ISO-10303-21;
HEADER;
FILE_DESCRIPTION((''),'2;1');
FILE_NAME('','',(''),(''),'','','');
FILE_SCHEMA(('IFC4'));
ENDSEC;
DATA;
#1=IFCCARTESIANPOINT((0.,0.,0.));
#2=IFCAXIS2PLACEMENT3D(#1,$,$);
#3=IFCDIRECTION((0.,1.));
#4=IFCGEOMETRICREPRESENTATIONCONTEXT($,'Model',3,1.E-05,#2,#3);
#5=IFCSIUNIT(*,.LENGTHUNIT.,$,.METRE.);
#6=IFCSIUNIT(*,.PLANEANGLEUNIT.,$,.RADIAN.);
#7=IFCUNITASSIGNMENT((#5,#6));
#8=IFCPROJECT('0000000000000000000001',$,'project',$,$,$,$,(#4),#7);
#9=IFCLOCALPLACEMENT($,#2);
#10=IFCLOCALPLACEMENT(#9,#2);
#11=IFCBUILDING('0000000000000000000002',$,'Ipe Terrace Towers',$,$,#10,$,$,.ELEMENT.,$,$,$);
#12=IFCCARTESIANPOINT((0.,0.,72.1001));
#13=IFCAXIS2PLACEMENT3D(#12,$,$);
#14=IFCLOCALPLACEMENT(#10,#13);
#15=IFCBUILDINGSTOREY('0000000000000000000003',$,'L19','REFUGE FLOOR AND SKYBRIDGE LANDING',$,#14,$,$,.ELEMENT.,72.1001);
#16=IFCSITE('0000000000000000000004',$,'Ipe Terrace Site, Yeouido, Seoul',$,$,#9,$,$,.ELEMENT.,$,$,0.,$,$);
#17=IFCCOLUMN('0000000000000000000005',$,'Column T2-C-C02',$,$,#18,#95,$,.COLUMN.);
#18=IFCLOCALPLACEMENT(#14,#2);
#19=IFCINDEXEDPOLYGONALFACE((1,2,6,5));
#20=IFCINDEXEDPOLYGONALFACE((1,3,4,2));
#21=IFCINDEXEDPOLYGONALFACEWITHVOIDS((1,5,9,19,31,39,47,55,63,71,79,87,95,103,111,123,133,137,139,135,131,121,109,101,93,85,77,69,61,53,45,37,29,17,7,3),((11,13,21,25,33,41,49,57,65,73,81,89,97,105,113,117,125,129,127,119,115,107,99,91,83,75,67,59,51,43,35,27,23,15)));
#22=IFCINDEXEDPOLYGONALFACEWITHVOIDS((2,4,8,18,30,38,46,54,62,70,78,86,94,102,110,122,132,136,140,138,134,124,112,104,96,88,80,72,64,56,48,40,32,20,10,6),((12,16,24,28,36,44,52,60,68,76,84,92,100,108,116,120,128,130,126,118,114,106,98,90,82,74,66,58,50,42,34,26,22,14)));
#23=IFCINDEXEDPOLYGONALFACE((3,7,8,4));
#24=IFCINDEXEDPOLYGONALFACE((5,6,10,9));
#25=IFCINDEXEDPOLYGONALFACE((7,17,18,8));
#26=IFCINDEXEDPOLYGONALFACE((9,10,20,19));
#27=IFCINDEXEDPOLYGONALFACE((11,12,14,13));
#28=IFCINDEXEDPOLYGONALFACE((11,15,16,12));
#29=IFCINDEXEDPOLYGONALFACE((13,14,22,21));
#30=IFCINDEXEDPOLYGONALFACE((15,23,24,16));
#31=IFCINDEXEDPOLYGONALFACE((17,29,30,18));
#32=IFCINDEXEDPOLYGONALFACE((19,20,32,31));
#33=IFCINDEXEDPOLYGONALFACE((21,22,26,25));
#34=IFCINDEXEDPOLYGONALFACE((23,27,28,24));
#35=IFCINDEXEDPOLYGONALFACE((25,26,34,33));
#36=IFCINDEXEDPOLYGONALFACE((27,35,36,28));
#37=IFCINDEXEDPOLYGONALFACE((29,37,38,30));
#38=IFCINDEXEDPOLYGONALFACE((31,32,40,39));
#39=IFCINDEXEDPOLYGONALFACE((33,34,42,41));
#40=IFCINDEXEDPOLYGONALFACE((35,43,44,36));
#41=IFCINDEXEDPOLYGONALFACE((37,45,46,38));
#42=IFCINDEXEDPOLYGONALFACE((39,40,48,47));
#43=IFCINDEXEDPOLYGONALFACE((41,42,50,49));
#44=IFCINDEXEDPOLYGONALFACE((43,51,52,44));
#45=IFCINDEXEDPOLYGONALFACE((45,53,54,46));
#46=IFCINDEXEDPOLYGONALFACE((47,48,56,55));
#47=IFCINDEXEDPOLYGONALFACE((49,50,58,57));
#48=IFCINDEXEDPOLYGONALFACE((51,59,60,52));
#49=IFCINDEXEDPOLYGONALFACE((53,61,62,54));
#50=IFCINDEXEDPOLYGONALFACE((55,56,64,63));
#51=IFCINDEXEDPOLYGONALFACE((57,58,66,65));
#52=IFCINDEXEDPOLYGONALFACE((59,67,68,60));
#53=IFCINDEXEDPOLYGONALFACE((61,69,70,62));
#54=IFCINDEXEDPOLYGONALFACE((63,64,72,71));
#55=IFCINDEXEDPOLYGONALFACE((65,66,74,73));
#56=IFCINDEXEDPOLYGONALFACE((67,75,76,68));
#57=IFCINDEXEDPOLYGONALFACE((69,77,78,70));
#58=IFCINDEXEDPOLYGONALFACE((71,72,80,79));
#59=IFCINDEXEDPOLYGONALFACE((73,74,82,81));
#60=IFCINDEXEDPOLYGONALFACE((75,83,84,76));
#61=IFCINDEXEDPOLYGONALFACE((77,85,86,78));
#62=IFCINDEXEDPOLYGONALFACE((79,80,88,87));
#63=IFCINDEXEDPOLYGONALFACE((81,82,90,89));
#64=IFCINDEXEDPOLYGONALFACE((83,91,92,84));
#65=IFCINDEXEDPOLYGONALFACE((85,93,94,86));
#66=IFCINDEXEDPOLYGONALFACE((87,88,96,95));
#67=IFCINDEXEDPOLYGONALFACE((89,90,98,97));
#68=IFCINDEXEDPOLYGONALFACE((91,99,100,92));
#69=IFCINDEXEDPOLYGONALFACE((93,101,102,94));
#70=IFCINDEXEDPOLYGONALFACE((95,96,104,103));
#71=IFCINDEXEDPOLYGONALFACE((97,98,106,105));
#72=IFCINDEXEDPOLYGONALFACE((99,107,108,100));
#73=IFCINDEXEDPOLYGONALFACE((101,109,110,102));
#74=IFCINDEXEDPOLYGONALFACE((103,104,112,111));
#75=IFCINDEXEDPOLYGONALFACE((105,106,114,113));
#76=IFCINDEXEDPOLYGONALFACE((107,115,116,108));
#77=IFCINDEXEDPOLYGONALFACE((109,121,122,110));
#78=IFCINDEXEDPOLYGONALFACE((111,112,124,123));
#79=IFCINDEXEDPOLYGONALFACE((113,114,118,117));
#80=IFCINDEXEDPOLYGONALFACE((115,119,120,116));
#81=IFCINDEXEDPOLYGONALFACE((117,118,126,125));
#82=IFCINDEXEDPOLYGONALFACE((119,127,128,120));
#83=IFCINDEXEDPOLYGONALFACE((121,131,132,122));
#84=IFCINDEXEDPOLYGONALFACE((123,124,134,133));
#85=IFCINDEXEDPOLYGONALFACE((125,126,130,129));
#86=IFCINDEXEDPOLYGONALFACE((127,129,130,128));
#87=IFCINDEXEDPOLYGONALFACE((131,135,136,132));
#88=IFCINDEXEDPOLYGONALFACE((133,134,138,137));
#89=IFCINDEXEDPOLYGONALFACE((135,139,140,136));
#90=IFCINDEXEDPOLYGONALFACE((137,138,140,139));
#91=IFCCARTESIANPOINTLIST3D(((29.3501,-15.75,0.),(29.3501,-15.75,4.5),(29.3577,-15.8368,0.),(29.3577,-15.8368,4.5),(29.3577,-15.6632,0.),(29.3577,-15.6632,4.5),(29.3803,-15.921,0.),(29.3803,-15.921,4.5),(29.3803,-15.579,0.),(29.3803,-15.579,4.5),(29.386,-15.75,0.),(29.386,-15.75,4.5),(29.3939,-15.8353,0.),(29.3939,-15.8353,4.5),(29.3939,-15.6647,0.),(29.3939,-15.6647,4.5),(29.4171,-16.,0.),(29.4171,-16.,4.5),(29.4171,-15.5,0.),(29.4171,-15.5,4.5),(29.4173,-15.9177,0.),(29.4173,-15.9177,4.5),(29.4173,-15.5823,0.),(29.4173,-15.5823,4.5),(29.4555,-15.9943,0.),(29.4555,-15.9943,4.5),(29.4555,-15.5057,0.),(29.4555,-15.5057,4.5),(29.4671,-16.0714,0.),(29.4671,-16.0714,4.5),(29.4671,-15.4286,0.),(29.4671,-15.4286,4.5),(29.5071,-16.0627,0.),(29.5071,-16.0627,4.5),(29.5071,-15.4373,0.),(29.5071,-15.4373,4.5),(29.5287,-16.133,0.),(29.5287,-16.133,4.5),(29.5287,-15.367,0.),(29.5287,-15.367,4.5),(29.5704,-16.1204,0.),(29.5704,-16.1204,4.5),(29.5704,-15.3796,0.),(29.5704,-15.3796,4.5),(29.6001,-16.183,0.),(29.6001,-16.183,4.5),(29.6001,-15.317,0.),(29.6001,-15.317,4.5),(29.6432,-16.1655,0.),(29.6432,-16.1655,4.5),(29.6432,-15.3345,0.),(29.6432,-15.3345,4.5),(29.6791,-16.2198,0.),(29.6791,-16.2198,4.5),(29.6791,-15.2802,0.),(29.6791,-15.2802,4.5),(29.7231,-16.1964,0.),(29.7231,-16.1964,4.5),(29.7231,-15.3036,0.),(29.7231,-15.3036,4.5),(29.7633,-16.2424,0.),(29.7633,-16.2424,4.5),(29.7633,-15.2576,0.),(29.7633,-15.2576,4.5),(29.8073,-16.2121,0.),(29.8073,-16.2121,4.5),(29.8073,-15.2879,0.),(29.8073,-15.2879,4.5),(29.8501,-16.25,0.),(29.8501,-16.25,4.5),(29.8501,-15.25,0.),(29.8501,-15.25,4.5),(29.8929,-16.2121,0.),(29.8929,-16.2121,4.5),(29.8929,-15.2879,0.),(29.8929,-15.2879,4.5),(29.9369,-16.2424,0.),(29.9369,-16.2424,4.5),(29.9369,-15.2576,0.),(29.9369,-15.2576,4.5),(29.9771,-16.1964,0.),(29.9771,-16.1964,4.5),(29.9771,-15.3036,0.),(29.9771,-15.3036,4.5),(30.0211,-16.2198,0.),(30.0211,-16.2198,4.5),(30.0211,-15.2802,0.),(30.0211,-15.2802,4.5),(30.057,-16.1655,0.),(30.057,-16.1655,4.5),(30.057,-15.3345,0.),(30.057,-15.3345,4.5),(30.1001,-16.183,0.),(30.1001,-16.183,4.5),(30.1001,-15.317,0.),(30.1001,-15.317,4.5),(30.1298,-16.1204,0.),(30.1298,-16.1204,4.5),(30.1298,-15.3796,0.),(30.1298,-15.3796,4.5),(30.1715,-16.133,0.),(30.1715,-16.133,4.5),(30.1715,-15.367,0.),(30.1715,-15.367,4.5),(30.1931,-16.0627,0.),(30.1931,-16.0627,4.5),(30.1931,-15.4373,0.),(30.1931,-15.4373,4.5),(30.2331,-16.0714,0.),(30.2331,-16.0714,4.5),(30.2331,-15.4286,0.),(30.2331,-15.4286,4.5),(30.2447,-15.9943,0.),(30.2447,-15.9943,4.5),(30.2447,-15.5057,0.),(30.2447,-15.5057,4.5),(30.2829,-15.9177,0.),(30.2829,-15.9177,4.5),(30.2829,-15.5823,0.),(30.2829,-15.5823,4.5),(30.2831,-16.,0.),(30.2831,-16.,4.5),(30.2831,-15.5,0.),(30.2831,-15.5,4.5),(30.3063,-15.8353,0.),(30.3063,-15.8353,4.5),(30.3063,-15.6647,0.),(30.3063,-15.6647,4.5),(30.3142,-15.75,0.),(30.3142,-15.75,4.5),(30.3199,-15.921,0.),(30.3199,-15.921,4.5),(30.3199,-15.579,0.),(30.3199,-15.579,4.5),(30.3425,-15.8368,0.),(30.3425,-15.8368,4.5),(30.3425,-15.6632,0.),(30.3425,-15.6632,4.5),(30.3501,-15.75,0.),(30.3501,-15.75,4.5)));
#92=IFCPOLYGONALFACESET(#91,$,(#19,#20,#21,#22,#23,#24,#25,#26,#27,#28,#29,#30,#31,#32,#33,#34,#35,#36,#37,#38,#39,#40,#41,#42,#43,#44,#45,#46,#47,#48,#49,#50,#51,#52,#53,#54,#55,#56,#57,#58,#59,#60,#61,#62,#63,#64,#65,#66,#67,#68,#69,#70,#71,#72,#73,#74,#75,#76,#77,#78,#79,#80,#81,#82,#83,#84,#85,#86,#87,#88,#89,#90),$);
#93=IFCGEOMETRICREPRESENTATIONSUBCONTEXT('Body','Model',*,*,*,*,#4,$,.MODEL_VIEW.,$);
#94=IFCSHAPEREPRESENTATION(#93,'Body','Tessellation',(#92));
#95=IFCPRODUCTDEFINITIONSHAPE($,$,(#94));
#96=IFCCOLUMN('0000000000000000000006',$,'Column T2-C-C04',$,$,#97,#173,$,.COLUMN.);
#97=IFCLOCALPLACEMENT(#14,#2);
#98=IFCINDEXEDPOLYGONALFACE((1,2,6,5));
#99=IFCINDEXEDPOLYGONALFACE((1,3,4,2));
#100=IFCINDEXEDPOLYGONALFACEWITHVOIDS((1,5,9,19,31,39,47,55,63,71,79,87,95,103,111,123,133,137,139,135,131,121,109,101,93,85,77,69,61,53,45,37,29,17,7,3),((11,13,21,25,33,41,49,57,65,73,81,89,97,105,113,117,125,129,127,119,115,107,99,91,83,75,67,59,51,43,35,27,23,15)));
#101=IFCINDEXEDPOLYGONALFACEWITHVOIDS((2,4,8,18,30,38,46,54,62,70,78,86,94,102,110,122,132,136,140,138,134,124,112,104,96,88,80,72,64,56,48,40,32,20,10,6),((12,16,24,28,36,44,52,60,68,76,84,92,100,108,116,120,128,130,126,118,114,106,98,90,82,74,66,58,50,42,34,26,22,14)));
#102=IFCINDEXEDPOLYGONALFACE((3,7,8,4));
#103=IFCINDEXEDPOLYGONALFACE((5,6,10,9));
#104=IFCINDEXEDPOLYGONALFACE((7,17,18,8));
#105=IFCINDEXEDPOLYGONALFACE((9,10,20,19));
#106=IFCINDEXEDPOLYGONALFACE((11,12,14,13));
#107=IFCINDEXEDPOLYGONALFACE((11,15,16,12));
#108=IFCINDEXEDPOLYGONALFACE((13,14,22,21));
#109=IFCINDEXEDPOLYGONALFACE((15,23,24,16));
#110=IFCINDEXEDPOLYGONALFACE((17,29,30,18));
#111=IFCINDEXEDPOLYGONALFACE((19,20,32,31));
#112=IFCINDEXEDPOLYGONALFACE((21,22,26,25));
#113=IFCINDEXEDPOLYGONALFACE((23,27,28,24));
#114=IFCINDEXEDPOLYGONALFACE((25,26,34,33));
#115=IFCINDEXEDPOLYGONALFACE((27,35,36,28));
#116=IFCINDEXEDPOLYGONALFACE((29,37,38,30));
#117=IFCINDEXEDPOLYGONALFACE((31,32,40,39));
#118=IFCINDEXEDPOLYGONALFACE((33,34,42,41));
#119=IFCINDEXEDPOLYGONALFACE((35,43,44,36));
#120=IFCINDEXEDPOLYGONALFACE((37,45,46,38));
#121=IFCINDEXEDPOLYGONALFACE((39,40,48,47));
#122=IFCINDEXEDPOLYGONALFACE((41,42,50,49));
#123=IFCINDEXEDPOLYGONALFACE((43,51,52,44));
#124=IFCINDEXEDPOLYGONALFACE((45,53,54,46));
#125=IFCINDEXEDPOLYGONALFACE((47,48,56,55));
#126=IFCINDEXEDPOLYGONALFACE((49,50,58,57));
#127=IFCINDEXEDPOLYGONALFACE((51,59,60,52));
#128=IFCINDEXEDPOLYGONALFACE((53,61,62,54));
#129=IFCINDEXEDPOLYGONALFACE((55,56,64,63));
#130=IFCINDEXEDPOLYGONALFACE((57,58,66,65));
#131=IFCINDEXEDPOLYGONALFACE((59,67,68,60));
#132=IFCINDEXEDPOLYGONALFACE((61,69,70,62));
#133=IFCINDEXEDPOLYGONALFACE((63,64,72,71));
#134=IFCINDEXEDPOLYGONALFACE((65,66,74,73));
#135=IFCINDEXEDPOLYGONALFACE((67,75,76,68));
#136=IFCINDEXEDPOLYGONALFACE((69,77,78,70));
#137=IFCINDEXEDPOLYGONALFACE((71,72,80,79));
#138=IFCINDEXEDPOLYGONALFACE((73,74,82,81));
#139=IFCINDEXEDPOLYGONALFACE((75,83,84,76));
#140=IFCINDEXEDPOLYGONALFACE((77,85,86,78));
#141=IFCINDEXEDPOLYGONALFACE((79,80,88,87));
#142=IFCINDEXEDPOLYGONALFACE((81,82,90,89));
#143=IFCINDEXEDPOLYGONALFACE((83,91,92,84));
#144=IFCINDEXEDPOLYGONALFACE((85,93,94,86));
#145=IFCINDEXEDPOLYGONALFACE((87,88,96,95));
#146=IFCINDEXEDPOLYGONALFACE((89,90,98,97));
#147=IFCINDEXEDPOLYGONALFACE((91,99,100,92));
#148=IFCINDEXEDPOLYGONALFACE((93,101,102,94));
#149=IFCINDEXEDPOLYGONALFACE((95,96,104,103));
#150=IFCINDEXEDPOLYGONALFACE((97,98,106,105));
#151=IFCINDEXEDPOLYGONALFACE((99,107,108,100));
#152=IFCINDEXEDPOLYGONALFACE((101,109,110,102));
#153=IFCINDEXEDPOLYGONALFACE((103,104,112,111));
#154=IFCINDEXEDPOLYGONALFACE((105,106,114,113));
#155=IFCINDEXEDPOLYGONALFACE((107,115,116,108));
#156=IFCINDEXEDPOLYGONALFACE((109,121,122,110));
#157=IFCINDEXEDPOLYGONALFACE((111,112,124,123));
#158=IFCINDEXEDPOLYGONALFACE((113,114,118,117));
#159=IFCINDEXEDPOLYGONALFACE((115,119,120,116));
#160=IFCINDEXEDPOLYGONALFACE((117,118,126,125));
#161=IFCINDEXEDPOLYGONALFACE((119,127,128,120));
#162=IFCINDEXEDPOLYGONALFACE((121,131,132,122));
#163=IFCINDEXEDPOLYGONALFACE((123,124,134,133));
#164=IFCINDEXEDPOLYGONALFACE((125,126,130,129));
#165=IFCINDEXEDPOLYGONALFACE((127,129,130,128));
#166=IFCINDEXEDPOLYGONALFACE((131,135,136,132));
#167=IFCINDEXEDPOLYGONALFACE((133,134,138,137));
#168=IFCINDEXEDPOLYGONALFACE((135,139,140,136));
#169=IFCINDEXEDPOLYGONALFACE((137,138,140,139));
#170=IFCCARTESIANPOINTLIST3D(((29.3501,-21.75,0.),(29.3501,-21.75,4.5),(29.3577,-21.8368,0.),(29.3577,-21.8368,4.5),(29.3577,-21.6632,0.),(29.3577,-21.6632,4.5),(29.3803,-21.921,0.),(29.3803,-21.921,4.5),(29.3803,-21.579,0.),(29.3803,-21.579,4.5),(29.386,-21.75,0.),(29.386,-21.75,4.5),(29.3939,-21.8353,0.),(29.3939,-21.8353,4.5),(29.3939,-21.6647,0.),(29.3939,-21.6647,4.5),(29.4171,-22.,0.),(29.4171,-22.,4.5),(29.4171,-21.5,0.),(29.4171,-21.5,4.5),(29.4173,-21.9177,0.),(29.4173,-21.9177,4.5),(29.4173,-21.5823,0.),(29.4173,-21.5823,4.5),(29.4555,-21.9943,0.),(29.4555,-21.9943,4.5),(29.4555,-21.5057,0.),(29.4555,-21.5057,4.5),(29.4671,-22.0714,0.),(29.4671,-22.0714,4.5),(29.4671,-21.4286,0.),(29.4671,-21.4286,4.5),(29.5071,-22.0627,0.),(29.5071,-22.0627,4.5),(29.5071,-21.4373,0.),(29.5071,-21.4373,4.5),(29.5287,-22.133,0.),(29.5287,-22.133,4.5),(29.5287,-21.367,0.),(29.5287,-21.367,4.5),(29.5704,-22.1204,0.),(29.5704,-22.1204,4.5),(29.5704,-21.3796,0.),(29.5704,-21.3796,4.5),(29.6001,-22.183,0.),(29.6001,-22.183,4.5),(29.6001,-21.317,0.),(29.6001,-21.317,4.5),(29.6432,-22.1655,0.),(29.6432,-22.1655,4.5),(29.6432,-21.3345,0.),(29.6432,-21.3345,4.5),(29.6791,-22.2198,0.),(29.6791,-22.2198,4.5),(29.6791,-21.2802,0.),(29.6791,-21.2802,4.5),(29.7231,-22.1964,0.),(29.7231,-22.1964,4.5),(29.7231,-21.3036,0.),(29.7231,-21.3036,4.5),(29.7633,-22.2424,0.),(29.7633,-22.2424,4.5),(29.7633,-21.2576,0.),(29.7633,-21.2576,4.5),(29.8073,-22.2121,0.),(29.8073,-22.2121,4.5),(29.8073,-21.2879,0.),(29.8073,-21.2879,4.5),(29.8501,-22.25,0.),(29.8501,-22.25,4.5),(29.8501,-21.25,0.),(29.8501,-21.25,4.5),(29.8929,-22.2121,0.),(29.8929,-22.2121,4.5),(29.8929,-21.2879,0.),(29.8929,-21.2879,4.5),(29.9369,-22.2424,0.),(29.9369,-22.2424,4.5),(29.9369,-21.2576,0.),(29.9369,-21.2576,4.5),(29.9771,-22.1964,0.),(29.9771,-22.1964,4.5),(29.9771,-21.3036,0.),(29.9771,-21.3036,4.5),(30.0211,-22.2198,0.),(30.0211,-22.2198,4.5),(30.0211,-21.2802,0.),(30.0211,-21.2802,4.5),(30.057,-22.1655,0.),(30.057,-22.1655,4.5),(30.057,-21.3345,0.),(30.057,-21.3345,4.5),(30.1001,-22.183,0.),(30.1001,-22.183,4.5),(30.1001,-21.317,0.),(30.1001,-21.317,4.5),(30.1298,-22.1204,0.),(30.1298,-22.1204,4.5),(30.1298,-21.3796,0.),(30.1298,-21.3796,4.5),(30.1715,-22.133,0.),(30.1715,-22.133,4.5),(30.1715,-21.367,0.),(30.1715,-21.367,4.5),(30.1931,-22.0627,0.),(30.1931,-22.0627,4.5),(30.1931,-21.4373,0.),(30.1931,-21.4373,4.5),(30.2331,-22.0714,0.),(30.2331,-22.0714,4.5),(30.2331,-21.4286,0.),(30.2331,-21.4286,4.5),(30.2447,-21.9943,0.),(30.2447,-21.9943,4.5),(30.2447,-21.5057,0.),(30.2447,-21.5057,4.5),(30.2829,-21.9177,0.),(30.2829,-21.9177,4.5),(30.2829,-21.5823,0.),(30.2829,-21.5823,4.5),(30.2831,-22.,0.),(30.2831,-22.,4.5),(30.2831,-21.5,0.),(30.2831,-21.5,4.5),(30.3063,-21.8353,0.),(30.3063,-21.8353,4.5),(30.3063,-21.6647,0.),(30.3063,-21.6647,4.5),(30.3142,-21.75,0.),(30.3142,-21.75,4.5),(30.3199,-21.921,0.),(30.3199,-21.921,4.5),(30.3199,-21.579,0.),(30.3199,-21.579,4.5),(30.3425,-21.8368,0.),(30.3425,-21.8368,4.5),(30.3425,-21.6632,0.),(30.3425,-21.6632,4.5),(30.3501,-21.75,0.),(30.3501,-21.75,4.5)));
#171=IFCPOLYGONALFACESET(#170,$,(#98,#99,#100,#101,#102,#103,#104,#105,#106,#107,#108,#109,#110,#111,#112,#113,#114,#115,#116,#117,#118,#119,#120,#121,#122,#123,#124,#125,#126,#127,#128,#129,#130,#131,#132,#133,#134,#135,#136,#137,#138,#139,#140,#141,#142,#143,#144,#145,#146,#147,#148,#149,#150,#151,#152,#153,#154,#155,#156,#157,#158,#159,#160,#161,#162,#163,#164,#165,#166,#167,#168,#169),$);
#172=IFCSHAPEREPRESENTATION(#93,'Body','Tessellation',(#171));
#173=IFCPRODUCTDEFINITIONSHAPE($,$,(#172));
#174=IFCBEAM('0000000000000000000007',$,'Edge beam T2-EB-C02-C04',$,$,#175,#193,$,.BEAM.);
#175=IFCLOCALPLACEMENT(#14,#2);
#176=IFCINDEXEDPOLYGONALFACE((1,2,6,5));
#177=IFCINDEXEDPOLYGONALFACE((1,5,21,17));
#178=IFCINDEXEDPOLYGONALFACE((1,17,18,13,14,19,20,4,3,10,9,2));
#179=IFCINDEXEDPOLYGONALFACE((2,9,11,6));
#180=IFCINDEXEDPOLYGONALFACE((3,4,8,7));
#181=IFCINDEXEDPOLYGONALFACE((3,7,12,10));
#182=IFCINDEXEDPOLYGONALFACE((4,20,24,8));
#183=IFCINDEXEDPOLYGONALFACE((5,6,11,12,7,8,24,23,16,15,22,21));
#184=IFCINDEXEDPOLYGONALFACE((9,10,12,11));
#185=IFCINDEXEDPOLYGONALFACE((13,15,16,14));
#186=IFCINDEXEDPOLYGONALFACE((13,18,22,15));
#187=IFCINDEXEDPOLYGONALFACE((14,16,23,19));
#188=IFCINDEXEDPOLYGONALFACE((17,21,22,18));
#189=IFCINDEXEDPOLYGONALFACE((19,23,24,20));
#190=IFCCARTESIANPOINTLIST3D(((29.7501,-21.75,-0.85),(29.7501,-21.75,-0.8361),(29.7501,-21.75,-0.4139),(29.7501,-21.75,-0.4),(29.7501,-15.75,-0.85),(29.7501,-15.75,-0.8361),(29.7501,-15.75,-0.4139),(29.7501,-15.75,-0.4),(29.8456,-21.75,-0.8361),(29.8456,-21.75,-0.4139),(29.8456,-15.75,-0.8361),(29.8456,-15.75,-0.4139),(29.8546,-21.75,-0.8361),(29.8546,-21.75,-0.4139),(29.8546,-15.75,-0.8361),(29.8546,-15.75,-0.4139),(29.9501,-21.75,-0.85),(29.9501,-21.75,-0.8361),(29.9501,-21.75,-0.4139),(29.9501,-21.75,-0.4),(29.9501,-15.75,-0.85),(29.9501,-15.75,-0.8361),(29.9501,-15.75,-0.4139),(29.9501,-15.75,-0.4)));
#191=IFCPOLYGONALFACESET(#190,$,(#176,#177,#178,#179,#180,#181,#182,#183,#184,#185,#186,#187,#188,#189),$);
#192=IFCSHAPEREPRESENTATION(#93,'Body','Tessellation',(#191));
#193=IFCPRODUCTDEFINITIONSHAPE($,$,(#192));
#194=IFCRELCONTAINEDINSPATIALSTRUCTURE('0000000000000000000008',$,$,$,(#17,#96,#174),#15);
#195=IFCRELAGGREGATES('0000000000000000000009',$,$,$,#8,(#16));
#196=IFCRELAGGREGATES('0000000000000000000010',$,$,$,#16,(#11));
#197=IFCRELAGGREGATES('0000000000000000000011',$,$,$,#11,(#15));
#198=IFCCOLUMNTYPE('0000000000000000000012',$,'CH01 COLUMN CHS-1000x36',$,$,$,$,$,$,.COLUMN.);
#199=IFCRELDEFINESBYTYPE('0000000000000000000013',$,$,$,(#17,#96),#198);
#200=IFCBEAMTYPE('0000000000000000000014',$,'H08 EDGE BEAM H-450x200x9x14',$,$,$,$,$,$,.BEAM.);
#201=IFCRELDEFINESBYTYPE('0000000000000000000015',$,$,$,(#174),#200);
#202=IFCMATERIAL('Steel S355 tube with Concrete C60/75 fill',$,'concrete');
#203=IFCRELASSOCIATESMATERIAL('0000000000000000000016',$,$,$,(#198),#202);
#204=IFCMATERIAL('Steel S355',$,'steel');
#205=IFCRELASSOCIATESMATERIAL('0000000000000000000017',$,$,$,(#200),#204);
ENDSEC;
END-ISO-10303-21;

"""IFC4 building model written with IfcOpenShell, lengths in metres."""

from ifc_helpers import new_model, si_unit, direction, frame, origin, origin_2d, place, context, subcontext, project, spatial, hollow_circle, i_section, extrude, material, material_profile, profile_set, type_object, element, save


model = new_model("IFC4")

# Units and contexts
model_context = context("Model", 3, precision=1e-05, world=origin(), true_north=direction((0.0, 1.0)))
body_context = subcontext(model_context, "Body", "Model", "MODEL_VIEW")
ifc_project = project(units=[si_unit("LENGTHUNIT", "METRE"), si_unit("PLANEANGLEUNIT", "RADIAN")], contexts=[model_context])

# Site, building, storey
site_placement = place(None, origin())
site = spatial("IfcSite", under=ifc_project, at=site_placement, Name="Ipe Terrace Site, Yeouido, Seoul", CompositionType="ELEMENT", RefElevation=0.0)
building_placement = place(site_placement, origin())
building = spatial("IfcBuilding", under=site, at=building_placement, Name="Ipe Terrace Towers", CompositionType="ELEMENT")
storey_placement = place(building_placement, frame((0.0, 0.0, 72.1001)))
storey = spatial("IfcBuildingStorey", under=building, at=storey_placement, Name="L19", Description="REFUGE FLOOR AND SKYBRIDGE LANDING", CompositionType="ELEMENT", Elevation=72.1001)

# Columns
ifc_material_1 = material(Name="Steel S355 tube with Concrete C60/75 fill", Category="concrete")
ifc_material_profile_1 = material_profile(ifc_material_1, hollow_circle(Radius=0.5, WallThickness=0.0359, at=origin_2d()), Name="CHS-1000x36")
ifc_profile_set_1 = profile_set([ifc_material_profile_1], Name="Steel S355 tube with Concrete C60/75 fill")
column_type = type_object("IfcColumnType", Name="CH01 COLUMN CHS-1000x36", PredefinedType="COLUMN", material=ifc_profile_set_1)
for number, where, z_axis, x_axis, name in (
    (1, (29.8501, -15.75, 0.0), (0.0, 0.0, 1.0), (1.0, 0.0, 0.0), "Column T2-C-C02"),
    (2, (29.8501, -21.75, 0.0), (0.0, 0.0, 1.0), (1.0, 0.0, 0.0), "Column T2-C-C04"),
):
    element("IfcColumn", number, at=place(storey_placement, frame(where, z_axis=z_axis, x_axis=x_axis)), inside=storey, type_object=column_type, Name=name, PredefinedType="COLUMN", context=body_context, shape_type="SweptSolid", body=[
        extrude(hollow_circle(Radius=0.5, WallThickness=0.0359, at=origin_2d()), origin(), (0.0, 0.0, 1.0), 4.5),
    ])

# Beam
ifc_material_2 = material(Name="Steel S355", Category="steel")
ifc_material_profile_2 = material_profile(ifc_material_2, i_section(OverallWidth=0.2, OverallDepth=0.45, WebThickness=0.009, FlangeThickness=0.0139, at=origin_2d()), Name="H-450x200x9x14")
ifc_profile_set_2 = profile_set([ifc_material_profile_2], Name="Steel S355")
beam_type = type_object("IfcBeamType", Name="H08 EDGE BEAM H-450x200x9x14", PredefinedType="BEAM", material=ifc_profile_set_2)
beam_placement = place(storey_placement, frame((29.8501, -15.75, -0.625), z_axis=(0.0, -1.0, 0.0), x_axis=(1.0, 0.0, 0.0)))
element("IfcBeam", 3, at=beam_placement, inside=storey, type_object=beam_type, Name="Edge beam T2-EB-C02-C04", PredefinedType="BEAM", context=body_context, shape_type="SweptSolid", body=[
    extrude(i_section(OverallWidth=0.2, OverallDepth=0.45, WebThickness=0.009, FlangeThickness=0.0139, at=origin_2d()), origin(), (0.0, 0.0, 1.0), 6.0),
])

save(model, "model.ifc")
